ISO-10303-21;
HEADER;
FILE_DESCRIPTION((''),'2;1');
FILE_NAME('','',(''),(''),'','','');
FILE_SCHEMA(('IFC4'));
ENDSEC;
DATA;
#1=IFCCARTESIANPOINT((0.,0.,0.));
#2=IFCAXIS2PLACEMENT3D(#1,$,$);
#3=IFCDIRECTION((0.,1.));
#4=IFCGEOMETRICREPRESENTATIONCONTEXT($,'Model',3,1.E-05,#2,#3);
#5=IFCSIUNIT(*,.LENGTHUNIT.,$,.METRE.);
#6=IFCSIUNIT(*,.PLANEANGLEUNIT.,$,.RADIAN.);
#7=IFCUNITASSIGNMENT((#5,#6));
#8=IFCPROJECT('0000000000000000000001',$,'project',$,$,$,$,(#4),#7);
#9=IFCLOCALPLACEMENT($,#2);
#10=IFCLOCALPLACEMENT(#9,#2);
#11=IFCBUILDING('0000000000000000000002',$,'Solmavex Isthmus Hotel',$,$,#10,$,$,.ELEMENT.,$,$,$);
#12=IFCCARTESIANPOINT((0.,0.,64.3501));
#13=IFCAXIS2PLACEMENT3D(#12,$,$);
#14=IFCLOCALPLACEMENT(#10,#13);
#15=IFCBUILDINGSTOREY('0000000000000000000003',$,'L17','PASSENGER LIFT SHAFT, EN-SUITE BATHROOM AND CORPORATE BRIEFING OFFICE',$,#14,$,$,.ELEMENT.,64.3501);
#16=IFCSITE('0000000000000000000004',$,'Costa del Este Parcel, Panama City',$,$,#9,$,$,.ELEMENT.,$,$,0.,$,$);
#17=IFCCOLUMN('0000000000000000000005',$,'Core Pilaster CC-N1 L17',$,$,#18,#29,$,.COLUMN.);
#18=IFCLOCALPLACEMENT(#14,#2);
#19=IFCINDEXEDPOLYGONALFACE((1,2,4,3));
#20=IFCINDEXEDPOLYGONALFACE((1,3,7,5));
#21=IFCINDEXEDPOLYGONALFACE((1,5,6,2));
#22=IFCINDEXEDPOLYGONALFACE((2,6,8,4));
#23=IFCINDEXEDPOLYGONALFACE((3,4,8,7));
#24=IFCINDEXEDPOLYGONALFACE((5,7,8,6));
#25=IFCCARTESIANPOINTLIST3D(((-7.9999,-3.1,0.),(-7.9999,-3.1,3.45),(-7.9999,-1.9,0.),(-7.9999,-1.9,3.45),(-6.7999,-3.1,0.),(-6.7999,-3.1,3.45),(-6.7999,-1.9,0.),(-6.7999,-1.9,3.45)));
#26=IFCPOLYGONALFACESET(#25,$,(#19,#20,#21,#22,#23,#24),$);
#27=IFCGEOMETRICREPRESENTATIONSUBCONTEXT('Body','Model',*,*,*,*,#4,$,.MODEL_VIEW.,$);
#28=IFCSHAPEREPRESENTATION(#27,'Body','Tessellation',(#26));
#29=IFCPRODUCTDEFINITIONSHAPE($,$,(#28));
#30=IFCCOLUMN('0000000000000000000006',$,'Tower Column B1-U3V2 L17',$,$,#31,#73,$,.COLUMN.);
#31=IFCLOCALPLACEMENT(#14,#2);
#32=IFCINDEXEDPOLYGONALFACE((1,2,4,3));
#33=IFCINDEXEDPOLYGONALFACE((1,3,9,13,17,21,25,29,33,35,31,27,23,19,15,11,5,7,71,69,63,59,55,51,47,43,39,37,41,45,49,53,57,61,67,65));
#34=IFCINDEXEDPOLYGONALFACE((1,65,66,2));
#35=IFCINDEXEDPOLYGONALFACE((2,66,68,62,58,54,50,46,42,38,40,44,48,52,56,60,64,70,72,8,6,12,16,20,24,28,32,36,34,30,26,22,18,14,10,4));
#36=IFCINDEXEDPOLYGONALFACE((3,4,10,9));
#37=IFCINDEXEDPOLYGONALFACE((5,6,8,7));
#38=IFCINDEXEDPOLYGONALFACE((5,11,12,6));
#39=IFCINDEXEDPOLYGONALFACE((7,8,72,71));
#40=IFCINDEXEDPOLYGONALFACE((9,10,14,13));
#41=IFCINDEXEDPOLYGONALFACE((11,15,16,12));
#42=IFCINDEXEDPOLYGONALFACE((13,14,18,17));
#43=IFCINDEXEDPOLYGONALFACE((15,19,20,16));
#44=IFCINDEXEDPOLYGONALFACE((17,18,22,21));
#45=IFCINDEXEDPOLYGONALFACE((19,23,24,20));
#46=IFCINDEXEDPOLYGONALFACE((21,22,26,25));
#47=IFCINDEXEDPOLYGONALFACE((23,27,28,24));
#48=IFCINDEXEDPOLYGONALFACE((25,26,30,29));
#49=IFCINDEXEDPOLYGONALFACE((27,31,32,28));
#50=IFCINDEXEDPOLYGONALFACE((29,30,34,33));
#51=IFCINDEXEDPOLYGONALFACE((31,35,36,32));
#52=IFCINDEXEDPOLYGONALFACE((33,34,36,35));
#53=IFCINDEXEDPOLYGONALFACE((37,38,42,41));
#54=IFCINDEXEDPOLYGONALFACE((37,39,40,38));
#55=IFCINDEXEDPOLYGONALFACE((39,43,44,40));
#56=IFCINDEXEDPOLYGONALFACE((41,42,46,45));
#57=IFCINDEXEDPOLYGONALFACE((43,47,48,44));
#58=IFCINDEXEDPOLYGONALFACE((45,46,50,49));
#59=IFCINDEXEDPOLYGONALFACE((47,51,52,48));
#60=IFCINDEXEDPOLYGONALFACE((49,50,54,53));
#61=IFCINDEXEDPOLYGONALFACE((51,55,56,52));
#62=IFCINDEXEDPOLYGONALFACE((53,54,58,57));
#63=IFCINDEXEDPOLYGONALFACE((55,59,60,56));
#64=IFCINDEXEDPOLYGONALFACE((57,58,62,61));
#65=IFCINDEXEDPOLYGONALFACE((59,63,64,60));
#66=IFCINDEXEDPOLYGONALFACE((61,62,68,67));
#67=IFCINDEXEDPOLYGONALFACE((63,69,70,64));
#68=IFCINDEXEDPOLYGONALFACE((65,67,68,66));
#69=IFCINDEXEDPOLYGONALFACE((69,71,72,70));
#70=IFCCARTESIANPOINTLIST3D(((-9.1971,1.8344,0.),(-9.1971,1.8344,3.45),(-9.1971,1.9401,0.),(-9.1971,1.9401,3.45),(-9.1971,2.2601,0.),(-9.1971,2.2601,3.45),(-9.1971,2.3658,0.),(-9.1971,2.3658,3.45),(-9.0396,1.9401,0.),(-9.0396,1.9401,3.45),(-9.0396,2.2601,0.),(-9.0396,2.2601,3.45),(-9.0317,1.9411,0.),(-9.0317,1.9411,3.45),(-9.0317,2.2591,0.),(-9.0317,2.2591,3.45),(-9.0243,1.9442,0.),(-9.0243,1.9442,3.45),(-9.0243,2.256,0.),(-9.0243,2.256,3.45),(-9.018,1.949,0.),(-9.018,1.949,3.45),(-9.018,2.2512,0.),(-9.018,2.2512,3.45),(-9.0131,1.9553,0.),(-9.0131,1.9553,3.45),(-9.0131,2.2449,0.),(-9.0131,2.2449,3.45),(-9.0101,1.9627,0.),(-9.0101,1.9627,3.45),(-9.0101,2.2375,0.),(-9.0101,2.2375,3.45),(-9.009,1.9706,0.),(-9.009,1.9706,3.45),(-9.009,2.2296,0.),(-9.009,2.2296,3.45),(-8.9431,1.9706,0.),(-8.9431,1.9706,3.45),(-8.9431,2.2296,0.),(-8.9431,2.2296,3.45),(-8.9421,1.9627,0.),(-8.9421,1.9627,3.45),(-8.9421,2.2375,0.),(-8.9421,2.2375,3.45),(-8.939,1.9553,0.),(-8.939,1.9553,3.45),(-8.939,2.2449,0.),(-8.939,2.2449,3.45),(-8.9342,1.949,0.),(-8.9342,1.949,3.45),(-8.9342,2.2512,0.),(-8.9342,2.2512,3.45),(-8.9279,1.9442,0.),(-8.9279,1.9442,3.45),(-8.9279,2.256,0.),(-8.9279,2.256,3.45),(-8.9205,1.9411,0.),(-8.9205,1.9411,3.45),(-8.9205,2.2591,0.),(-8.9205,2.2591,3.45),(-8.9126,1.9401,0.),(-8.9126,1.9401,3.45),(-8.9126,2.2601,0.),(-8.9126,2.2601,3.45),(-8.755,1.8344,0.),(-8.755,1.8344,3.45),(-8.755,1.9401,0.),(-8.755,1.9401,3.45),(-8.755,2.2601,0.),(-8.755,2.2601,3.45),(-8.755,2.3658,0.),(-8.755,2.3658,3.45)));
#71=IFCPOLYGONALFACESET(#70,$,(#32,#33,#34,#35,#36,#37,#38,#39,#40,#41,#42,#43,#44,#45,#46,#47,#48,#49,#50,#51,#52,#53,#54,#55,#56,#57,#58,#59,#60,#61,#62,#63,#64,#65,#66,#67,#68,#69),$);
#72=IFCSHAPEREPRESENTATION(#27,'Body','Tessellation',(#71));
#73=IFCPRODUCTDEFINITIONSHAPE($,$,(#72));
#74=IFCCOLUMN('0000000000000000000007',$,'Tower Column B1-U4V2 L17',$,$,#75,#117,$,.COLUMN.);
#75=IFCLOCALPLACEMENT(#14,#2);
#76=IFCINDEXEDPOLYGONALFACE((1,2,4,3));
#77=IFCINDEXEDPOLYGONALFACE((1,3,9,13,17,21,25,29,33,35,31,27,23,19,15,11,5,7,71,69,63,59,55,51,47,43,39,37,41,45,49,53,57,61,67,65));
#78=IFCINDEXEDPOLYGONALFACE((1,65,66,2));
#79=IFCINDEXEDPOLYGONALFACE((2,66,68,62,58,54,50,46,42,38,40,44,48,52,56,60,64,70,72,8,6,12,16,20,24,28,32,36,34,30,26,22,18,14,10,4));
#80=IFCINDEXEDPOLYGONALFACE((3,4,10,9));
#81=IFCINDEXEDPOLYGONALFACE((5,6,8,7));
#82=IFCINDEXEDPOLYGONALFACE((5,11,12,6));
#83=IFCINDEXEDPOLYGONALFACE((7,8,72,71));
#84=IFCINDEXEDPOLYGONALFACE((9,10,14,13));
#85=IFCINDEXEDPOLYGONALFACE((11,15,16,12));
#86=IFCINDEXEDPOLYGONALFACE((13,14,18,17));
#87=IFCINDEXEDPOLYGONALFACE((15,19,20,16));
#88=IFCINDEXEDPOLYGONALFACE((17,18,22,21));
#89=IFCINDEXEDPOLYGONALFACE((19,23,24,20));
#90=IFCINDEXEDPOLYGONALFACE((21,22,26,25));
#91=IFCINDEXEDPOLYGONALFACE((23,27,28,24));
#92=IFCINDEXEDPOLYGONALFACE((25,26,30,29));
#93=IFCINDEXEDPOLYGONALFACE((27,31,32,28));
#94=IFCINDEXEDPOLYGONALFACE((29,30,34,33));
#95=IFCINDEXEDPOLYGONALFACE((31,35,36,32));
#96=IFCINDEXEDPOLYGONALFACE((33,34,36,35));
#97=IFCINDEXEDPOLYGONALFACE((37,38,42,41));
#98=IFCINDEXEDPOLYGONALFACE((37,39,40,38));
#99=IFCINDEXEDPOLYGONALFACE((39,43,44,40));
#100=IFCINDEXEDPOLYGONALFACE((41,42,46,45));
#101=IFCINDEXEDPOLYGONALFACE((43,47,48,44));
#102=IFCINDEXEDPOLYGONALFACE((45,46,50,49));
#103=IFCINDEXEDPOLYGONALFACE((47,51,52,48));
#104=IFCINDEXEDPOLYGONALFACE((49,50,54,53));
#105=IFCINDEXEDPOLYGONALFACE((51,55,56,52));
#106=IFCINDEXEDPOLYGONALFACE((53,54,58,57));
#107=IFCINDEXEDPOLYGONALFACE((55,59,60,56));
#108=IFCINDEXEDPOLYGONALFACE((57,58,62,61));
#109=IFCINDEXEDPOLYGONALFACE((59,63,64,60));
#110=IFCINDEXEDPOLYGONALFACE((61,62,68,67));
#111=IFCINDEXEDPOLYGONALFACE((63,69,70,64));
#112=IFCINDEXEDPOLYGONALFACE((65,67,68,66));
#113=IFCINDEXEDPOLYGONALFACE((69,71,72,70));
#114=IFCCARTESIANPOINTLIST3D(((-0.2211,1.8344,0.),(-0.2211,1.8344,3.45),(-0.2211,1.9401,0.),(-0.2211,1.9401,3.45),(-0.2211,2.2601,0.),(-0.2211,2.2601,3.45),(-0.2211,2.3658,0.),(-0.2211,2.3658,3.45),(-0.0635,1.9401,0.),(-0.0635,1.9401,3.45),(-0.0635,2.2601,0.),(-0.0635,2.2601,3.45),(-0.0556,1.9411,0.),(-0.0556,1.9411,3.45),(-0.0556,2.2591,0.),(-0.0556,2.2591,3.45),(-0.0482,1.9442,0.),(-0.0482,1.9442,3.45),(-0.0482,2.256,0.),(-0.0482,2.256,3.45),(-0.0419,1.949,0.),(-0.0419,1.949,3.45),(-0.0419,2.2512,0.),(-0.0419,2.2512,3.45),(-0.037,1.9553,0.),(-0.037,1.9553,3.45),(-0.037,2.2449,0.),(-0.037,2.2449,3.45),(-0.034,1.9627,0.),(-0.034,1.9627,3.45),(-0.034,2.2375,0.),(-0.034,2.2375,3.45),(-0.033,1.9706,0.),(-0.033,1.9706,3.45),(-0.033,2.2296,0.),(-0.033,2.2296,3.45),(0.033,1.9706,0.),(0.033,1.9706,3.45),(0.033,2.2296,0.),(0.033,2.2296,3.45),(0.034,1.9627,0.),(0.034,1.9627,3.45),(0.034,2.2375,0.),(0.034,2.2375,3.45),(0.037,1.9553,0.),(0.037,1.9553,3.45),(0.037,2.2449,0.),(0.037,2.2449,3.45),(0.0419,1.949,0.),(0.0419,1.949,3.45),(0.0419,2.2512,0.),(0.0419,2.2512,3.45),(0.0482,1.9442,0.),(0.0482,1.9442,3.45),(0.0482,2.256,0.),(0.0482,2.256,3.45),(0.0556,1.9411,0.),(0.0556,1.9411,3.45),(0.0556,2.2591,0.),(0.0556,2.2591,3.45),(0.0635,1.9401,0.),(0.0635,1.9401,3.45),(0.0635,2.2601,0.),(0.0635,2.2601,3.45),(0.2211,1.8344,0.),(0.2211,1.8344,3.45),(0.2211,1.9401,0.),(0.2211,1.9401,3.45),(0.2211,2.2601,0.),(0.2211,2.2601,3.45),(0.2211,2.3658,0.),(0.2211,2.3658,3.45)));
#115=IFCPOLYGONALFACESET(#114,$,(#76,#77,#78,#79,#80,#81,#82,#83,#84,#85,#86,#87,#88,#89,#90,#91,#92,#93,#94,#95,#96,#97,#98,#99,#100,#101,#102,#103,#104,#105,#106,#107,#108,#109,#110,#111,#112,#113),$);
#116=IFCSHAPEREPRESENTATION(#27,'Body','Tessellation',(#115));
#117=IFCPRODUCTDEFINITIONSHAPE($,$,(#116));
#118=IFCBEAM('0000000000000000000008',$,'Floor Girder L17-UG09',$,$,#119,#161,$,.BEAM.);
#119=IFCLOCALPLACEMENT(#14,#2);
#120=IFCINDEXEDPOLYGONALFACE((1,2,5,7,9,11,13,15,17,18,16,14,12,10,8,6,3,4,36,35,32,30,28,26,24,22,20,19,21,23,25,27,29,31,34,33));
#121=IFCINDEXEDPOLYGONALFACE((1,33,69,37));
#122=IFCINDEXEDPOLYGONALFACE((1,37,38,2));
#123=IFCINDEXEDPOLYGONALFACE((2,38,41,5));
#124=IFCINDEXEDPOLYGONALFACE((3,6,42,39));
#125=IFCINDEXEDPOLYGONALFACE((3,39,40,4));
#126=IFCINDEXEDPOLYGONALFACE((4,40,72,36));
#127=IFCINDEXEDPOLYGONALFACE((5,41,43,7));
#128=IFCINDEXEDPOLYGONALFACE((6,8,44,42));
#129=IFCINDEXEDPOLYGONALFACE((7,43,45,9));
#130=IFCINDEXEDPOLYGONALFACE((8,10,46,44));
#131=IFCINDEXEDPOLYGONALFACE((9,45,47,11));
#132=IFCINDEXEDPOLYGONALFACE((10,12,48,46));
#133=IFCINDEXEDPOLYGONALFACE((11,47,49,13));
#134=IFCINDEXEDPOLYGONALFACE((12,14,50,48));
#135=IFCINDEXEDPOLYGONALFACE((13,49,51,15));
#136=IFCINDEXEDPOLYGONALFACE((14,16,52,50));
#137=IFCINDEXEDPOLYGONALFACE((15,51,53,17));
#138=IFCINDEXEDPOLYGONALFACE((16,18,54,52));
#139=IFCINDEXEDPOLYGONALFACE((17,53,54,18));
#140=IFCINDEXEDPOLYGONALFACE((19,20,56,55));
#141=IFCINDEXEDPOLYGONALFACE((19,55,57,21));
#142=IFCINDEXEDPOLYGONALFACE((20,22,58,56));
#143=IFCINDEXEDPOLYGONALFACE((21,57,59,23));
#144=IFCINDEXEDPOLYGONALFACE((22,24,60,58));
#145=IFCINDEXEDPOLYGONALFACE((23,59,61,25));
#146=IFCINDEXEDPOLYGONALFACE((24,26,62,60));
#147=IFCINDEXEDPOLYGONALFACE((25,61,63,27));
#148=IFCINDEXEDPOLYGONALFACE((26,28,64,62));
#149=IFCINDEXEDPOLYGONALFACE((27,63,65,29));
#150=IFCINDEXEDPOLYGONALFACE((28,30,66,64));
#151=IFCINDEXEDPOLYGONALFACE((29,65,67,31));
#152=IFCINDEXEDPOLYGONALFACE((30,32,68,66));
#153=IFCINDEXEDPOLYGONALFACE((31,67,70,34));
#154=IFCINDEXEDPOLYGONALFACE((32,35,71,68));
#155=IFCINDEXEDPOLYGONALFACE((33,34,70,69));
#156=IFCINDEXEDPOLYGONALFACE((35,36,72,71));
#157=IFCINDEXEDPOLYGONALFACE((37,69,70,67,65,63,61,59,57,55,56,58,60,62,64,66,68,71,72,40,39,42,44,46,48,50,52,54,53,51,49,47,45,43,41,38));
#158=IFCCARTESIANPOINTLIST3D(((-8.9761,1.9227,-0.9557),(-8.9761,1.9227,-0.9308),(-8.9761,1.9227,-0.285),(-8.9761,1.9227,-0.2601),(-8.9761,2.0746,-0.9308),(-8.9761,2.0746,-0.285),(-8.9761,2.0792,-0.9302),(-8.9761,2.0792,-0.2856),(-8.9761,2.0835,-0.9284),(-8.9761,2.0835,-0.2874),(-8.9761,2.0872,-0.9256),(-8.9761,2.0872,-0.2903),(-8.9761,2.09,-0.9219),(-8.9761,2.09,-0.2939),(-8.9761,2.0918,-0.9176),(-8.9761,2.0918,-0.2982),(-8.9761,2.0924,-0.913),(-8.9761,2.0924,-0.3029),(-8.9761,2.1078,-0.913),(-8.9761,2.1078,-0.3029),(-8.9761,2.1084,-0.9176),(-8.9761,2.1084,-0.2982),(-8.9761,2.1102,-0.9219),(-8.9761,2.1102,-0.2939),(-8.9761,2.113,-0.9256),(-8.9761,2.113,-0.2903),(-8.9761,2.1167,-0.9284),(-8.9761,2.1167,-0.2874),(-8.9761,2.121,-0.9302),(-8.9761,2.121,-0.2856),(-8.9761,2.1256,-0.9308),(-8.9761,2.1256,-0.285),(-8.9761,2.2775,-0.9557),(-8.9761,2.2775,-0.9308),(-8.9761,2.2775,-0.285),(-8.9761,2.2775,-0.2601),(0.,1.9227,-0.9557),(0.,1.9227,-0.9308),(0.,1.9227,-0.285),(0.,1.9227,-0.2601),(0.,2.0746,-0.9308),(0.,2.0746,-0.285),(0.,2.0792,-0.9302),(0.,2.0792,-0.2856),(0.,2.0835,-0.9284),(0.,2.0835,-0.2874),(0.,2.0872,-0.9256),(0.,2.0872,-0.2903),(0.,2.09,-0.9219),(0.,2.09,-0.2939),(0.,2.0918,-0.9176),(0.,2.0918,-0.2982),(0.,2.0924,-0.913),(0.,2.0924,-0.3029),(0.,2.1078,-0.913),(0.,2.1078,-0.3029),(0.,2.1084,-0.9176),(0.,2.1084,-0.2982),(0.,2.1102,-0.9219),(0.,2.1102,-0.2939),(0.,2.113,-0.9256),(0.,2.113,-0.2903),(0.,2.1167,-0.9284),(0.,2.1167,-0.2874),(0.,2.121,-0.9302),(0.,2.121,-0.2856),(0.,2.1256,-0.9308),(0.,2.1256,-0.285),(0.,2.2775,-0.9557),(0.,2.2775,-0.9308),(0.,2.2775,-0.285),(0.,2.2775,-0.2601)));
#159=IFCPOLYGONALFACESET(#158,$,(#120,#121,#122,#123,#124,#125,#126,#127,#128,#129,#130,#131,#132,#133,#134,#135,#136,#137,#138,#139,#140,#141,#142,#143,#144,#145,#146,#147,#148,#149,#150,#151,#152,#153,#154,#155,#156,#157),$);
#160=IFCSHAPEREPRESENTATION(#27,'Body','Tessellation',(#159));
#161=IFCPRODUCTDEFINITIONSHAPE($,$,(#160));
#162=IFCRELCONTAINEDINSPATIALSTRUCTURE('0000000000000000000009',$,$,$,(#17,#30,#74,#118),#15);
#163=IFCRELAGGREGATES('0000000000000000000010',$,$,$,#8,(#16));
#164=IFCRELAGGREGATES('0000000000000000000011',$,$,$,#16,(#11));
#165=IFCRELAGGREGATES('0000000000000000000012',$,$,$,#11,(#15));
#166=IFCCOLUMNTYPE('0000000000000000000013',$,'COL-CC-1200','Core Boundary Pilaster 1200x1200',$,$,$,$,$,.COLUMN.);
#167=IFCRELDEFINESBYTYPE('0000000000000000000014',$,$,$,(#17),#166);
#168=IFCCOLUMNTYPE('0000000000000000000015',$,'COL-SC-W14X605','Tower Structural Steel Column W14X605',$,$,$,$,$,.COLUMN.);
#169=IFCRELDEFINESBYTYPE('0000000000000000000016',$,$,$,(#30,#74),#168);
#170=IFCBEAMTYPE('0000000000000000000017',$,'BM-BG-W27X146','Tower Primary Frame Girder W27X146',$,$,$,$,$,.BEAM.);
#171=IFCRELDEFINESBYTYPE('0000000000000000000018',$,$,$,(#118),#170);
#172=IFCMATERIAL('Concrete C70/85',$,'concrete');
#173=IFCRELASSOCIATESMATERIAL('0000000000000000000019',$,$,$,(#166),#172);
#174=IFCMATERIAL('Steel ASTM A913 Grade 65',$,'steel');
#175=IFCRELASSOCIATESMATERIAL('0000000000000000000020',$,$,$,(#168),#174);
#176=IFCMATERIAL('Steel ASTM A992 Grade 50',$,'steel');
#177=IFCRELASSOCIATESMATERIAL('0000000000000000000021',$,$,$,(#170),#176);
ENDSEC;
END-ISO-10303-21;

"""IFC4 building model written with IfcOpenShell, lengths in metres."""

from ifc_helpers import new_model, si_unit, direction, frame, origin, origin_2d, place, context, subcontext, project, spatial, rectangle, i_section, extrude, material, material_profile, profile_set, type_object, element, save


model = new_model("IFC4")

# Units and contexts
model_context = context("Model", 3, precision=1e-05, world=origin(), true_north=direction((0.0, 1.0)))
body_context = subcontext(model_context, "Body", "Model", "MODEL_VIEW")
ifc_project = project(units=[si_unit("LENGTHUNIT", "METRE"), si_unit("PLANEANGLEUNIT", "RADIAN")], contexts=[model_context])

# Site, building, storey
site_placement = place(None, origin())
site = spatial("IfcSite", under=ifc_project, at=site_placement, Name="Costa del Este Parcel, Panama City", CompositionType="ELEMENT", RefElevation=0.0)
building_placement = place(site_placement, origin())
building = spatial("IfcBuilding", under=site, at=building_placement, Name="Solmavex Isthmus Hotel", CompositionType="ELEMENT")
storey_placement = place(building_placement, frame((0.0, 0.0, 64.3501)))
storey = spatial("IfcBuildingStorey", under=building, at=storey_placement, Name="L17", Description="PASSENGER LIFT SHAFT, EN-SUITE BATHROOM AND CORPORATE BRIEFING OFFICE", CompositionType="ELEMENT", Elevation=64.3501)

# Columns
ifc_material_1 = material(Name="Concrete C70/85", Category="concrete")
ifc_material_profile_1 = material_profile(ifc_material_1, rectangle(XDim=1.2, YDim=1.2, at=origin_2d()), Name="RC1200X1200")
ifc_profile_set_1 = profile_set([ifc_material_profile_1], Name="Concrete C70/85")
column_type_1 = type_object("IfcColumnType", Name="COL-CC-1200", Description="Core Boundary Pilaster 1200x1200", PredefinedType="COLUMN", material=ifc_profile_set_1)
column_placement = place(storey_placement, frame((-7.3999, -2.5, 0.0), z_axis=(0.0, 0.0, 1.0), x_axis=(1.0, 0.0, 0.0)))
element("IfcColumn", 1, at=column_placement, inside=storey, type_object=column_type_1, Name="Core Pilaster CC-N1 L17", PredefinedType="COLUMN", context=body_context, shape_type="SweptSolid", body=[
    extrude(rectangle(XDim=1.2, YDim=1.2, at=origin_2d()), origin(), (0.0, 0.0, 1.0), 3.45),
])
ifc_material_2 = material(Name="Steel ASTM A913 Grade 65", Category="steel")
ifc_material_profile_2 = material_profile(ifc_material_2, i_section(OverallWidth=0.4421, OverallDepth=0.5315, WebThickness=0.0659, FlangeThickness=0.1057, FilletRadius=0.0305, at=origin_2d()), Name="W14X605")
ifc_profile_set_2 = profile_set([ifc_material_profile_2], Name="Steel ASTM A913 Grade 65")
column_type_2 = type_object("IfcColumnType", Name="COL-SC-W14X605", Description="Tower Structural Steel Column W14X605", PredefinedType="COLUMN", material=ifc_profile_set_2)
for number, where, z_axis, x_axis, name in (
    (2, (-8.9761, 2.1001, 0.0), (0.0, 0.0, 1.0), (1.0, 0.0, 0.0), "Tower Column B1-U3V2 L17"),
    (3, (0.0, 2.1001, 0.0), (0.0, 0.0, 1.0), (1.0, 0.0, 0.0), "Tower Column B1-U4V2 L17"),
):
    element("IfcColumn", number, at=place(storey_placement, frame(where, z_axis=z_axis, x_axis=x_axis)), inside=storey, type_object=column_type_2, Name=name, PredefinedType="COLUMN", context=body_context, shape_type="SweptSolid", body=[
        extrude(i_section(OverallWidth=0.4421, OverallDepth=0.5315, WebThickness=0.0659, FlangeThickness=0.1057, FilletRadius=0.0305, at=origin_2d()), origin(), (0.0, 0.0, 1.0), 3.45),
    ])

# Beam
ifc_material_3 = material(Name="Steel ASTM A992 Grade 50", Category="steel")
ifc_material_profile_3 = material_profile(ifc_material_3, i_section(OverallWidth=0.3547, OverallDepth=0.6956, WebThickness=0.0154, FlangeThickness=0.0249, FilletRadius=0.0178, at=origin_2d()), Name="W27X146")
ifc_profile_set_3 = profile_set([ifc_material_profile_3], Name="Steel ASTM A992 Grade 50")
beam_type_1 = type_object("IfcBeamType", Name="BM-BG-W27X146", Description="Tower Primary Frame Girder W27X146", PredefinedType="BEAM", material=ifc_profile_set_3)
for number, where, z_axis, x_axis, name in (
    (4, (-8.9761, 2.1001, -0.6079), (1.0, 0.0, 0.0), (0.0, 1.0, 0.0), "Floor Girder L17-UG09"),
):
    element("IfcBeam", number, at=place(storey_placement, frame(where, z_axis=z_axis, x_axis=x_axis)), inside=storey, type_object=beam_type_1, Name=name, PredefinedType="BEAM", context=body_context, shape_type="SweptSolid", body=[
        extrude(i_section(OverallWidth=0.3547, OverallDepth=0.6956, WebThickness=0.0154, FlangeThickness=0.0249, FilletRadius=0.0178, at=origin_2d()), origin(), (0.0, 0.0, 1.0), 8.9761),
    ])

save(model, "model.ifc")
